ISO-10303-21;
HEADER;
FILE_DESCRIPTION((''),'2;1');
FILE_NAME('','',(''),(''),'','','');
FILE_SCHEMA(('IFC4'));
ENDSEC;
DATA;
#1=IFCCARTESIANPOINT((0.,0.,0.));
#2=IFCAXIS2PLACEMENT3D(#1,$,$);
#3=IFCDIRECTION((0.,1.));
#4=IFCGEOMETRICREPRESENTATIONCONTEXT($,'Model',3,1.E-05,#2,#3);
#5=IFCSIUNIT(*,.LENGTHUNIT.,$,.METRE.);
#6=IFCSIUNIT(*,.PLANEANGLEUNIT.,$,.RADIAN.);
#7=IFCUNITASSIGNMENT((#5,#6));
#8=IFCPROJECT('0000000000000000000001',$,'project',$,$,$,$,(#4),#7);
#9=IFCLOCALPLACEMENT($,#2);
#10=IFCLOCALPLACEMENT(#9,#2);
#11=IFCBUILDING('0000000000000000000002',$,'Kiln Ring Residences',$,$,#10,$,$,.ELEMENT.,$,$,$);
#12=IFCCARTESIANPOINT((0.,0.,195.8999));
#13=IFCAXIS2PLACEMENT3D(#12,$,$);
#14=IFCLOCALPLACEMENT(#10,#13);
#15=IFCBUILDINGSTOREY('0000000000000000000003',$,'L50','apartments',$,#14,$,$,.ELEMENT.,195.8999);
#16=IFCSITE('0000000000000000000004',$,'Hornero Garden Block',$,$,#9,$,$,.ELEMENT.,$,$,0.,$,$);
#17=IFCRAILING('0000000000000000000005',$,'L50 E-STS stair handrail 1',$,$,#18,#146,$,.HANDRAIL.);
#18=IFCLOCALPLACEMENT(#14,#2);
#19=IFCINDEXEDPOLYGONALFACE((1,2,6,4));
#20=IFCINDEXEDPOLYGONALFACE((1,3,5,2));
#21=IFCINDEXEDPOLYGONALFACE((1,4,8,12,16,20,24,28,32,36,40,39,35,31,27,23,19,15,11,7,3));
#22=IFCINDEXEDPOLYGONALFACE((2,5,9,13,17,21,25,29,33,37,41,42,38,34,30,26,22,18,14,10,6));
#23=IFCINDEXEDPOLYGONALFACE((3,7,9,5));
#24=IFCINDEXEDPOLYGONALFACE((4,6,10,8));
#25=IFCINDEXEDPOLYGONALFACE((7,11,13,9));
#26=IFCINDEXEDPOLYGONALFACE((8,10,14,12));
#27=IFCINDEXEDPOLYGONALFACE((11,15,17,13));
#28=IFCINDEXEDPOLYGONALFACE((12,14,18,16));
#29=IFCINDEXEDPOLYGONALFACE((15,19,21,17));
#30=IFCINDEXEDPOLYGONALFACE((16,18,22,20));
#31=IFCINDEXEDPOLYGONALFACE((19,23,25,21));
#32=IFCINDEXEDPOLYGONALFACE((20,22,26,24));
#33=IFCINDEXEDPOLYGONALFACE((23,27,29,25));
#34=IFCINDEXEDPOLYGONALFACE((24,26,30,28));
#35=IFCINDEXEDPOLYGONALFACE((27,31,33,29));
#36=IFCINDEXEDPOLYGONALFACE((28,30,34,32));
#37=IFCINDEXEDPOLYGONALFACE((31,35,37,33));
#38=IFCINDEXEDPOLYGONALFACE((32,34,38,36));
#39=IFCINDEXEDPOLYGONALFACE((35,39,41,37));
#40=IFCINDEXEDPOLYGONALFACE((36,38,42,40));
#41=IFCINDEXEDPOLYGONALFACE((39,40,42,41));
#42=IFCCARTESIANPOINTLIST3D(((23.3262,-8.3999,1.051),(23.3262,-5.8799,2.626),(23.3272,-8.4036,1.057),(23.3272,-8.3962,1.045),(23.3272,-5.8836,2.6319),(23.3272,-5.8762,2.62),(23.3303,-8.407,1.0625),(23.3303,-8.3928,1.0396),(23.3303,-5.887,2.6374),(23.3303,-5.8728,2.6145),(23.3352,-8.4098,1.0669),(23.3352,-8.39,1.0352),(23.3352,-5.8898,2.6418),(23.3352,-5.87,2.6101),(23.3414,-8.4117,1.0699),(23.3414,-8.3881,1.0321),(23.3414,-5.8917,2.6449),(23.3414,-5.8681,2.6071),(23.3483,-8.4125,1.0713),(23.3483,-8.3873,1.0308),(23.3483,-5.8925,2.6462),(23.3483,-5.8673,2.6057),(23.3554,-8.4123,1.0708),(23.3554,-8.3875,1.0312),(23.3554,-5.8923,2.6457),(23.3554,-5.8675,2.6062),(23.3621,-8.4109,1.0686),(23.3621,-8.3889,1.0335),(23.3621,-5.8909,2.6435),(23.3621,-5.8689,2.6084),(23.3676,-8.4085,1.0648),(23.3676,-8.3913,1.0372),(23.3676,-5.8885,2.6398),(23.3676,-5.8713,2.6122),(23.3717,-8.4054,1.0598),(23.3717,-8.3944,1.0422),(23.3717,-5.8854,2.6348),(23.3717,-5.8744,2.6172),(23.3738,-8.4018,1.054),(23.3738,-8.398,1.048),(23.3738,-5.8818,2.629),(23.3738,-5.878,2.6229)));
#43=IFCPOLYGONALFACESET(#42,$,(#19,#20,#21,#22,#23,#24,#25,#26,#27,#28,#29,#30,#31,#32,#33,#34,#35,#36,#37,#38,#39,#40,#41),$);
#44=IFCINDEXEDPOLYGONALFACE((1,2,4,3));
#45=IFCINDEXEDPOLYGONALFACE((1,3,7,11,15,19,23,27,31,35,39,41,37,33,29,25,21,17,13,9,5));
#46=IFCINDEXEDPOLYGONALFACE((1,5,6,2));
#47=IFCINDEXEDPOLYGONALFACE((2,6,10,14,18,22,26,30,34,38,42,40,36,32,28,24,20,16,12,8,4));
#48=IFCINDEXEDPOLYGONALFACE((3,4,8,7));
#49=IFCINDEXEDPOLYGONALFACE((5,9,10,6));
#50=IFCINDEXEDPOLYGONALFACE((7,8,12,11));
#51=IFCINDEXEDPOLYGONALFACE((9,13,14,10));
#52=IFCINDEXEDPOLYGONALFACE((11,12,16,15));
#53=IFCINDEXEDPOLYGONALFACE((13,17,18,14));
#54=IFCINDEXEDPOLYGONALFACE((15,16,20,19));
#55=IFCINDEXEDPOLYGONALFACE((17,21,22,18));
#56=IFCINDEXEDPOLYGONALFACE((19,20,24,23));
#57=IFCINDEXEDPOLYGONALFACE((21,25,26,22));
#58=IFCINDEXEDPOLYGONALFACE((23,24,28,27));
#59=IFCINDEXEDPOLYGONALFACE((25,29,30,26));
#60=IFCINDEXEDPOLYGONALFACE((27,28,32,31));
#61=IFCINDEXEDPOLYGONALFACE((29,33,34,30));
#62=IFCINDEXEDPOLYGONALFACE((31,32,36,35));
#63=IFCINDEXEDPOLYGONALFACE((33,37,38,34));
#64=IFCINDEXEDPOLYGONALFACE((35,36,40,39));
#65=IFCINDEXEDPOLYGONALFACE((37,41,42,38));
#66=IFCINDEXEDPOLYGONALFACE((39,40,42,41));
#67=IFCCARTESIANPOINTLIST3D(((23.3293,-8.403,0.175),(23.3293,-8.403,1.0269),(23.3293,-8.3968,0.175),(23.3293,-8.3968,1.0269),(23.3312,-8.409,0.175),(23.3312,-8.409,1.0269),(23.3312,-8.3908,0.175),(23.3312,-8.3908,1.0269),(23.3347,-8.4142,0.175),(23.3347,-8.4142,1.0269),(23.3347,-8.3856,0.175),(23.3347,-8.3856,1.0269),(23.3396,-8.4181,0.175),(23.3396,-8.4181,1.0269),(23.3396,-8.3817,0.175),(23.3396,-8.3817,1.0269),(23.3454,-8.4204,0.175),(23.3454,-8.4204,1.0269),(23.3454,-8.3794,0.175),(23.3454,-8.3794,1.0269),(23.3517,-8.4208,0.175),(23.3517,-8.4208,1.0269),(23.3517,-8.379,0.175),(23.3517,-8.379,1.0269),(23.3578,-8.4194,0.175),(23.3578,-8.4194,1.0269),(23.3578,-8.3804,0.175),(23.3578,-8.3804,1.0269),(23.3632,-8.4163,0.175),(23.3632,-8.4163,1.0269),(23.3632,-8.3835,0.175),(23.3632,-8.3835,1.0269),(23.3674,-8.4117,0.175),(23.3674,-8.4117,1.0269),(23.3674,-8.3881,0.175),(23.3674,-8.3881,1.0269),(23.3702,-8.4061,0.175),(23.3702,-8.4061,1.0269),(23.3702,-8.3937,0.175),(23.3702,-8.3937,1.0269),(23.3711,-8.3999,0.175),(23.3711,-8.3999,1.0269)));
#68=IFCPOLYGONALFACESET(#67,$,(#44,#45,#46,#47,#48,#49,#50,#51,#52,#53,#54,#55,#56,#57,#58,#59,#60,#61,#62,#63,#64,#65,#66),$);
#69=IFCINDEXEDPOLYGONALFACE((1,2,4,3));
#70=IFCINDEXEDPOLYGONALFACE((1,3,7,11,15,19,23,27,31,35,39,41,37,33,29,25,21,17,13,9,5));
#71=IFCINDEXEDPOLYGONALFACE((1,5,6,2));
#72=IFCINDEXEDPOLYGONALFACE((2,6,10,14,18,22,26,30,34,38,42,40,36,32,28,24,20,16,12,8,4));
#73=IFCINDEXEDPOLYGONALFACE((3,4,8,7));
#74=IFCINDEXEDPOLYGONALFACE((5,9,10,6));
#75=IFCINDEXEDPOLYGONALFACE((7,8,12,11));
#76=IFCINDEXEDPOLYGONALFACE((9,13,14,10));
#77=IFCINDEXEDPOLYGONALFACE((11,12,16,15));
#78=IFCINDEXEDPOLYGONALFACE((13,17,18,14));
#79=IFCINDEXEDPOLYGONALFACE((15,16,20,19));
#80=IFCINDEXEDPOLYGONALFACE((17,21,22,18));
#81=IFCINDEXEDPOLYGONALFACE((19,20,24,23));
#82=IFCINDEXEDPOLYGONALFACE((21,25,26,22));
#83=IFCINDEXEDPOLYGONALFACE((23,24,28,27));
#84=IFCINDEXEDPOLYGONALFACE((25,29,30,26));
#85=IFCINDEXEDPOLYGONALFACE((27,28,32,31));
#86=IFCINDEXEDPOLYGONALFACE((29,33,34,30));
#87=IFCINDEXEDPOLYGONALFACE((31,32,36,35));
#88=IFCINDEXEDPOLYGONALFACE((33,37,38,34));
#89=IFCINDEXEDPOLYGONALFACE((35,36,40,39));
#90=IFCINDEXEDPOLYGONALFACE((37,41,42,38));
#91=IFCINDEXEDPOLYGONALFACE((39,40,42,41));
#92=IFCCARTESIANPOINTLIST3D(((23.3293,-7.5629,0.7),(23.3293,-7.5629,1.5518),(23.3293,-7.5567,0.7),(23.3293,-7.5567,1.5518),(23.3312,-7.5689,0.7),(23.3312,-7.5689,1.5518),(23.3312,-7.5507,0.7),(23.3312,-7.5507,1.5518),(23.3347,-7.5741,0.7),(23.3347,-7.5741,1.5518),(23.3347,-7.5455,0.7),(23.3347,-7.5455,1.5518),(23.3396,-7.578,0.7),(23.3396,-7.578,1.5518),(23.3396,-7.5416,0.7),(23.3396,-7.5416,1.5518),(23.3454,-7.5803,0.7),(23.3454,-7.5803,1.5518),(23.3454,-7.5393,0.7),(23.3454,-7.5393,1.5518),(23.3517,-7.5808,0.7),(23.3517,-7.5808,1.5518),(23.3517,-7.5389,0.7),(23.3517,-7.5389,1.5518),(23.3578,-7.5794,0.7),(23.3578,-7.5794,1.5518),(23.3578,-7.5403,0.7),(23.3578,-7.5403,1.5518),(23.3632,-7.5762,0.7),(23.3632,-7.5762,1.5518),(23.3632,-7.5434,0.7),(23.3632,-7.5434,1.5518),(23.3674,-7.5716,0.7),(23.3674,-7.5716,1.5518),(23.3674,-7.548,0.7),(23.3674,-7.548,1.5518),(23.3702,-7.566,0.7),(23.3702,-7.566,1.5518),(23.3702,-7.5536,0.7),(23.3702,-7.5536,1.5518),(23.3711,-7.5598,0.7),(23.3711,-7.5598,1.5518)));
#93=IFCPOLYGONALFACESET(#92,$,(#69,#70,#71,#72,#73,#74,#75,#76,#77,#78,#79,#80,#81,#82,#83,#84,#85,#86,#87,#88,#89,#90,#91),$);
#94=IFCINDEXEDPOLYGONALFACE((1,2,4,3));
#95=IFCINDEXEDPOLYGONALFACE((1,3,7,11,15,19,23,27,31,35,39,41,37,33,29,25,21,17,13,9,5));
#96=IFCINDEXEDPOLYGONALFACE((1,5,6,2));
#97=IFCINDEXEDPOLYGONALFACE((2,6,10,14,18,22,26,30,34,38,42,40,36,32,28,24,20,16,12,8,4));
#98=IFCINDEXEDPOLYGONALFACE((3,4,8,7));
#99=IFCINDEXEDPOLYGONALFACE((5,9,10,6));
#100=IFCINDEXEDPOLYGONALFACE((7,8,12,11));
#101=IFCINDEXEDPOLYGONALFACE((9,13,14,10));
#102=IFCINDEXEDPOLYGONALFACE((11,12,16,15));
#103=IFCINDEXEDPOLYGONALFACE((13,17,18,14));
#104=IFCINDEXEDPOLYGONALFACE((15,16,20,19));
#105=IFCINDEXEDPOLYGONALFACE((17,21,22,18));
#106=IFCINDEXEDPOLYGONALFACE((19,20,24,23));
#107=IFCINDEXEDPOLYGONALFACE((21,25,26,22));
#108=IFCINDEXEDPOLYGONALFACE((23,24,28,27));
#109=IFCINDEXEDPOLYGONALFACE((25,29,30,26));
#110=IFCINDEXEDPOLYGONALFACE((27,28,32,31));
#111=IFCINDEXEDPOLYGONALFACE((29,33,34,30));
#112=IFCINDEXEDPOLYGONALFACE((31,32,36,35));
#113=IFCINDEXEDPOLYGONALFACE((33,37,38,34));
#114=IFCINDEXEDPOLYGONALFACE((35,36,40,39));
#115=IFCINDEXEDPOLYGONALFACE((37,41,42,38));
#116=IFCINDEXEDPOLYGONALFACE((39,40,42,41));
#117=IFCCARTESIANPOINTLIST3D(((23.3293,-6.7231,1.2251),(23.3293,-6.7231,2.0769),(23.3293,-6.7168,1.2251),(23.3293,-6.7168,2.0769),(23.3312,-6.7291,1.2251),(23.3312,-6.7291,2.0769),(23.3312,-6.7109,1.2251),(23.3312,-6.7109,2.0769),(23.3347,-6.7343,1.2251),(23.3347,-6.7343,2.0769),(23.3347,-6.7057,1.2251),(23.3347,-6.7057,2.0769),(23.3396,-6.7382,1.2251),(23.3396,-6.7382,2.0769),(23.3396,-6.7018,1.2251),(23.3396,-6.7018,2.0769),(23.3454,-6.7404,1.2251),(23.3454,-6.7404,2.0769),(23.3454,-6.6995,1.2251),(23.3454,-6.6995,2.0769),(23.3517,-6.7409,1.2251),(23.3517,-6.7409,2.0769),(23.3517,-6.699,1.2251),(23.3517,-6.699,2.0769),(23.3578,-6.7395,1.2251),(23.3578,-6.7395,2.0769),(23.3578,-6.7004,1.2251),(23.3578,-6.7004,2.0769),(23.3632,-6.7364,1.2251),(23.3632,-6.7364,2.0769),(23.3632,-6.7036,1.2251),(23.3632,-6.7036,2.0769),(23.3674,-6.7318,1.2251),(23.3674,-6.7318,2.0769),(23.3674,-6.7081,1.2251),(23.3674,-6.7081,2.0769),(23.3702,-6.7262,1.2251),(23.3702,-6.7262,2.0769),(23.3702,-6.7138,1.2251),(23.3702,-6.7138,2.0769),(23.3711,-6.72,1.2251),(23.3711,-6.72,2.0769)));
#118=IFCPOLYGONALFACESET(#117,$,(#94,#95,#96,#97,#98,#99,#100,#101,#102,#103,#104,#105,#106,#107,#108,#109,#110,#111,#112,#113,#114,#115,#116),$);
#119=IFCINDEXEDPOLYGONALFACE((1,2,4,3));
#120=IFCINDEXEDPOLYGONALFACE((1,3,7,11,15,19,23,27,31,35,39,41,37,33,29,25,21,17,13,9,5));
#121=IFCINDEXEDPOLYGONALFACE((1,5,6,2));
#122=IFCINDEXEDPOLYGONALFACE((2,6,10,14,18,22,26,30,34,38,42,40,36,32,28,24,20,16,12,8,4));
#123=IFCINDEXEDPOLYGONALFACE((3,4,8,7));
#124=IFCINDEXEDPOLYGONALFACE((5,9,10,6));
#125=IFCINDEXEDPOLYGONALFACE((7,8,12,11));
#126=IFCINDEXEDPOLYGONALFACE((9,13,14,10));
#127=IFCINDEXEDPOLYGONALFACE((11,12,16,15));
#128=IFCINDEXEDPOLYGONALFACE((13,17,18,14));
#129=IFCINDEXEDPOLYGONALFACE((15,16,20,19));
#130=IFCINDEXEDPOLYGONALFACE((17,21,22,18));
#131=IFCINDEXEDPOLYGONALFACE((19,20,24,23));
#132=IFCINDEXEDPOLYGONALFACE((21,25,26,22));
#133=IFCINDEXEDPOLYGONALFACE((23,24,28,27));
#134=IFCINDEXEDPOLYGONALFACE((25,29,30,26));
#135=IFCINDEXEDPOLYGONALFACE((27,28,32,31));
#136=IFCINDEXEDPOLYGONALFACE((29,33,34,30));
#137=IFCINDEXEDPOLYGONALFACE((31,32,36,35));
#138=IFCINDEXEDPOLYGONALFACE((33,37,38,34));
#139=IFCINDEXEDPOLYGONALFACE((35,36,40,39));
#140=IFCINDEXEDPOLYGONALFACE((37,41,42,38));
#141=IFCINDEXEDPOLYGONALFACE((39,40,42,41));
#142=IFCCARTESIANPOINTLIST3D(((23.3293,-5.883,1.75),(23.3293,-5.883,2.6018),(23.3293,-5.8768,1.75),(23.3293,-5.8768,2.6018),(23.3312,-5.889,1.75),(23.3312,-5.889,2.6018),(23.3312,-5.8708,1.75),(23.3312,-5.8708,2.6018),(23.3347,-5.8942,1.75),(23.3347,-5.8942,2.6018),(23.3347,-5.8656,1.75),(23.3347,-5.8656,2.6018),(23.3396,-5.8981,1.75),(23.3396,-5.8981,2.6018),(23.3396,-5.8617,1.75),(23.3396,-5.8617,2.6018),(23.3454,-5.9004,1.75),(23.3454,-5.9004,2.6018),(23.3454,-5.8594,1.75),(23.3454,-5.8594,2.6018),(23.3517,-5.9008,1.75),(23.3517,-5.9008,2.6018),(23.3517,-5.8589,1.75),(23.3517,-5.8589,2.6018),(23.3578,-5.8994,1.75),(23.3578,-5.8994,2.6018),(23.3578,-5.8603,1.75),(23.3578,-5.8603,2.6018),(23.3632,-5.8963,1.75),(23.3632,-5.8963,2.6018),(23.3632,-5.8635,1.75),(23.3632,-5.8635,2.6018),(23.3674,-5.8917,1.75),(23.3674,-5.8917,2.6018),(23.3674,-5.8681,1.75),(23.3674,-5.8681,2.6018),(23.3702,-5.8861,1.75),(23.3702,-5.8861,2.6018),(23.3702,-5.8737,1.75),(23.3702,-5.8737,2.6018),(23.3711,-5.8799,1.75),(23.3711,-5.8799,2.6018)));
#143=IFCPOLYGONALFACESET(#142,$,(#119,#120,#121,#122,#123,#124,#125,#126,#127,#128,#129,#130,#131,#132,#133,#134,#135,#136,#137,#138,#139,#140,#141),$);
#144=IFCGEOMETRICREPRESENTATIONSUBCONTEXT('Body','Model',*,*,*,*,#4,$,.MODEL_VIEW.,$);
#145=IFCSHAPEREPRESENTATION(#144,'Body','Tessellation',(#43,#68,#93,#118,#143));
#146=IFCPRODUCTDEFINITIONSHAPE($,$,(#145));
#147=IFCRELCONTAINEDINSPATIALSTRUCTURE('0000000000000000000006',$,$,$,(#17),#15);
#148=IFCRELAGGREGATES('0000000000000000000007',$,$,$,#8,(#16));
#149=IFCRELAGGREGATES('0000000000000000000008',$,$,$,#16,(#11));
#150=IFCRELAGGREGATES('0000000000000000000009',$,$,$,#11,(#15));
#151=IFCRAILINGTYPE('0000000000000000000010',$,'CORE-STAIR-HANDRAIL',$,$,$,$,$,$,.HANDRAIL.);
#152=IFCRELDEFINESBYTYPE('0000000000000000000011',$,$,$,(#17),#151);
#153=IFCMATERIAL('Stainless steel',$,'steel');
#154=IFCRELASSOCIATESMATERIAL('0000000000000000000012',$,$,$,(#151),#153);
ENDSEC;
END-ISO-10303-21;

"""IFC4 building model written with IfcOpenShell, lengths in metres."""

from ifc_helpers import new_model, si_unit, direction, frame, origin, origin_2d, place, context, subcontext, project, spatial, circle, extrude, material, type_object, element, save


model = new_model("IFC4")

# Units and contexts
model_context = context("Model", 3, precision=1e-05, world=origin(), true_north=direction((0.0, 1.0)))
body_context = subcontext(model_context, "Body", "Model", "MODEL_VIEW")
ifc_project = project(units=[si_unit("LENGTHUNIT", "METRE"), si_unit("PLANEANGLEUNIT", "RADIAN")], contexts=[model_context])

# Site, building, storey
site_placement = place(None, origin())
site = spatial("IfcSite", under=ifc_project, at=site_placement, Name="Hornero Garden Block", CompositionType="ELEMENT", RefElevation=0.0)
building_placement = place(site_placement, origin())
building = spatial("IfcBuilding", under=site, at=building_placement, Name="Kiln Ring Residences", CompositionType="ELEMENT")
storey_placement = place(building_placement, frame((0.0, 0.0, 195.8999)))
storey = spatial("IfcBuildingStorey", under=building, at=storey_placement, Name="L50", Description="apartments", CompositionType="ELEMENT", Elevation=195.8999)

# Railing
ifc_material_1 = material(Name="Stainless steel", Category="steel")
railing_type_1 = type_object("IfcRailingType", Name="CORE-STAIR-HANDRAIL", PredefinedType="HANDRAIL", material=ifc_material_1)
railing_1_placement = place(storey_placement, frame((23.3501, -8.3999, 0.175)))
element("IfcRailing", 1, at=railing_1_placement, inside=storey, type_object=railing_type_1, Name="L50 E-STS stair handrail 1", PredefinedType="HANDRAIL", context=body_context, shape_type="SweptSolid", body=[
    extrude(circle(Radius=0.0239, at=origin_2d()), frame((0.0, 0.0, 0.876), z_axis=(0.0, 0.848008, 0.529984), x_axis=(-1.0, 0.0, 0.0)), (0.0, 0.0, 1.0), 2.9717),
    extrude(circle(Radius=0.021, at=origin_2d()), origin(), (0.0, 0.0, 1.0), 0.8518),
    extrude(circle(Radius=0.021, at=origin_2d()), frame((0.0, 0.8401, 0.5249)), (0.0, 0.0, 1.0), 0.8518),
    extrude(circle(Radius=0.021, at=origin_2d()), frame((0.0, 1.6799, 1.05)), (0.0, 0.0, 1.0), 0.8518),
    extrude(circle(Radius=0.021, at=origin_2d()), frame((0.0, 2.52, 1.575)), (0.0, 0.0, 1.0), 0.8518),
])

save(model, "model.ifc")
